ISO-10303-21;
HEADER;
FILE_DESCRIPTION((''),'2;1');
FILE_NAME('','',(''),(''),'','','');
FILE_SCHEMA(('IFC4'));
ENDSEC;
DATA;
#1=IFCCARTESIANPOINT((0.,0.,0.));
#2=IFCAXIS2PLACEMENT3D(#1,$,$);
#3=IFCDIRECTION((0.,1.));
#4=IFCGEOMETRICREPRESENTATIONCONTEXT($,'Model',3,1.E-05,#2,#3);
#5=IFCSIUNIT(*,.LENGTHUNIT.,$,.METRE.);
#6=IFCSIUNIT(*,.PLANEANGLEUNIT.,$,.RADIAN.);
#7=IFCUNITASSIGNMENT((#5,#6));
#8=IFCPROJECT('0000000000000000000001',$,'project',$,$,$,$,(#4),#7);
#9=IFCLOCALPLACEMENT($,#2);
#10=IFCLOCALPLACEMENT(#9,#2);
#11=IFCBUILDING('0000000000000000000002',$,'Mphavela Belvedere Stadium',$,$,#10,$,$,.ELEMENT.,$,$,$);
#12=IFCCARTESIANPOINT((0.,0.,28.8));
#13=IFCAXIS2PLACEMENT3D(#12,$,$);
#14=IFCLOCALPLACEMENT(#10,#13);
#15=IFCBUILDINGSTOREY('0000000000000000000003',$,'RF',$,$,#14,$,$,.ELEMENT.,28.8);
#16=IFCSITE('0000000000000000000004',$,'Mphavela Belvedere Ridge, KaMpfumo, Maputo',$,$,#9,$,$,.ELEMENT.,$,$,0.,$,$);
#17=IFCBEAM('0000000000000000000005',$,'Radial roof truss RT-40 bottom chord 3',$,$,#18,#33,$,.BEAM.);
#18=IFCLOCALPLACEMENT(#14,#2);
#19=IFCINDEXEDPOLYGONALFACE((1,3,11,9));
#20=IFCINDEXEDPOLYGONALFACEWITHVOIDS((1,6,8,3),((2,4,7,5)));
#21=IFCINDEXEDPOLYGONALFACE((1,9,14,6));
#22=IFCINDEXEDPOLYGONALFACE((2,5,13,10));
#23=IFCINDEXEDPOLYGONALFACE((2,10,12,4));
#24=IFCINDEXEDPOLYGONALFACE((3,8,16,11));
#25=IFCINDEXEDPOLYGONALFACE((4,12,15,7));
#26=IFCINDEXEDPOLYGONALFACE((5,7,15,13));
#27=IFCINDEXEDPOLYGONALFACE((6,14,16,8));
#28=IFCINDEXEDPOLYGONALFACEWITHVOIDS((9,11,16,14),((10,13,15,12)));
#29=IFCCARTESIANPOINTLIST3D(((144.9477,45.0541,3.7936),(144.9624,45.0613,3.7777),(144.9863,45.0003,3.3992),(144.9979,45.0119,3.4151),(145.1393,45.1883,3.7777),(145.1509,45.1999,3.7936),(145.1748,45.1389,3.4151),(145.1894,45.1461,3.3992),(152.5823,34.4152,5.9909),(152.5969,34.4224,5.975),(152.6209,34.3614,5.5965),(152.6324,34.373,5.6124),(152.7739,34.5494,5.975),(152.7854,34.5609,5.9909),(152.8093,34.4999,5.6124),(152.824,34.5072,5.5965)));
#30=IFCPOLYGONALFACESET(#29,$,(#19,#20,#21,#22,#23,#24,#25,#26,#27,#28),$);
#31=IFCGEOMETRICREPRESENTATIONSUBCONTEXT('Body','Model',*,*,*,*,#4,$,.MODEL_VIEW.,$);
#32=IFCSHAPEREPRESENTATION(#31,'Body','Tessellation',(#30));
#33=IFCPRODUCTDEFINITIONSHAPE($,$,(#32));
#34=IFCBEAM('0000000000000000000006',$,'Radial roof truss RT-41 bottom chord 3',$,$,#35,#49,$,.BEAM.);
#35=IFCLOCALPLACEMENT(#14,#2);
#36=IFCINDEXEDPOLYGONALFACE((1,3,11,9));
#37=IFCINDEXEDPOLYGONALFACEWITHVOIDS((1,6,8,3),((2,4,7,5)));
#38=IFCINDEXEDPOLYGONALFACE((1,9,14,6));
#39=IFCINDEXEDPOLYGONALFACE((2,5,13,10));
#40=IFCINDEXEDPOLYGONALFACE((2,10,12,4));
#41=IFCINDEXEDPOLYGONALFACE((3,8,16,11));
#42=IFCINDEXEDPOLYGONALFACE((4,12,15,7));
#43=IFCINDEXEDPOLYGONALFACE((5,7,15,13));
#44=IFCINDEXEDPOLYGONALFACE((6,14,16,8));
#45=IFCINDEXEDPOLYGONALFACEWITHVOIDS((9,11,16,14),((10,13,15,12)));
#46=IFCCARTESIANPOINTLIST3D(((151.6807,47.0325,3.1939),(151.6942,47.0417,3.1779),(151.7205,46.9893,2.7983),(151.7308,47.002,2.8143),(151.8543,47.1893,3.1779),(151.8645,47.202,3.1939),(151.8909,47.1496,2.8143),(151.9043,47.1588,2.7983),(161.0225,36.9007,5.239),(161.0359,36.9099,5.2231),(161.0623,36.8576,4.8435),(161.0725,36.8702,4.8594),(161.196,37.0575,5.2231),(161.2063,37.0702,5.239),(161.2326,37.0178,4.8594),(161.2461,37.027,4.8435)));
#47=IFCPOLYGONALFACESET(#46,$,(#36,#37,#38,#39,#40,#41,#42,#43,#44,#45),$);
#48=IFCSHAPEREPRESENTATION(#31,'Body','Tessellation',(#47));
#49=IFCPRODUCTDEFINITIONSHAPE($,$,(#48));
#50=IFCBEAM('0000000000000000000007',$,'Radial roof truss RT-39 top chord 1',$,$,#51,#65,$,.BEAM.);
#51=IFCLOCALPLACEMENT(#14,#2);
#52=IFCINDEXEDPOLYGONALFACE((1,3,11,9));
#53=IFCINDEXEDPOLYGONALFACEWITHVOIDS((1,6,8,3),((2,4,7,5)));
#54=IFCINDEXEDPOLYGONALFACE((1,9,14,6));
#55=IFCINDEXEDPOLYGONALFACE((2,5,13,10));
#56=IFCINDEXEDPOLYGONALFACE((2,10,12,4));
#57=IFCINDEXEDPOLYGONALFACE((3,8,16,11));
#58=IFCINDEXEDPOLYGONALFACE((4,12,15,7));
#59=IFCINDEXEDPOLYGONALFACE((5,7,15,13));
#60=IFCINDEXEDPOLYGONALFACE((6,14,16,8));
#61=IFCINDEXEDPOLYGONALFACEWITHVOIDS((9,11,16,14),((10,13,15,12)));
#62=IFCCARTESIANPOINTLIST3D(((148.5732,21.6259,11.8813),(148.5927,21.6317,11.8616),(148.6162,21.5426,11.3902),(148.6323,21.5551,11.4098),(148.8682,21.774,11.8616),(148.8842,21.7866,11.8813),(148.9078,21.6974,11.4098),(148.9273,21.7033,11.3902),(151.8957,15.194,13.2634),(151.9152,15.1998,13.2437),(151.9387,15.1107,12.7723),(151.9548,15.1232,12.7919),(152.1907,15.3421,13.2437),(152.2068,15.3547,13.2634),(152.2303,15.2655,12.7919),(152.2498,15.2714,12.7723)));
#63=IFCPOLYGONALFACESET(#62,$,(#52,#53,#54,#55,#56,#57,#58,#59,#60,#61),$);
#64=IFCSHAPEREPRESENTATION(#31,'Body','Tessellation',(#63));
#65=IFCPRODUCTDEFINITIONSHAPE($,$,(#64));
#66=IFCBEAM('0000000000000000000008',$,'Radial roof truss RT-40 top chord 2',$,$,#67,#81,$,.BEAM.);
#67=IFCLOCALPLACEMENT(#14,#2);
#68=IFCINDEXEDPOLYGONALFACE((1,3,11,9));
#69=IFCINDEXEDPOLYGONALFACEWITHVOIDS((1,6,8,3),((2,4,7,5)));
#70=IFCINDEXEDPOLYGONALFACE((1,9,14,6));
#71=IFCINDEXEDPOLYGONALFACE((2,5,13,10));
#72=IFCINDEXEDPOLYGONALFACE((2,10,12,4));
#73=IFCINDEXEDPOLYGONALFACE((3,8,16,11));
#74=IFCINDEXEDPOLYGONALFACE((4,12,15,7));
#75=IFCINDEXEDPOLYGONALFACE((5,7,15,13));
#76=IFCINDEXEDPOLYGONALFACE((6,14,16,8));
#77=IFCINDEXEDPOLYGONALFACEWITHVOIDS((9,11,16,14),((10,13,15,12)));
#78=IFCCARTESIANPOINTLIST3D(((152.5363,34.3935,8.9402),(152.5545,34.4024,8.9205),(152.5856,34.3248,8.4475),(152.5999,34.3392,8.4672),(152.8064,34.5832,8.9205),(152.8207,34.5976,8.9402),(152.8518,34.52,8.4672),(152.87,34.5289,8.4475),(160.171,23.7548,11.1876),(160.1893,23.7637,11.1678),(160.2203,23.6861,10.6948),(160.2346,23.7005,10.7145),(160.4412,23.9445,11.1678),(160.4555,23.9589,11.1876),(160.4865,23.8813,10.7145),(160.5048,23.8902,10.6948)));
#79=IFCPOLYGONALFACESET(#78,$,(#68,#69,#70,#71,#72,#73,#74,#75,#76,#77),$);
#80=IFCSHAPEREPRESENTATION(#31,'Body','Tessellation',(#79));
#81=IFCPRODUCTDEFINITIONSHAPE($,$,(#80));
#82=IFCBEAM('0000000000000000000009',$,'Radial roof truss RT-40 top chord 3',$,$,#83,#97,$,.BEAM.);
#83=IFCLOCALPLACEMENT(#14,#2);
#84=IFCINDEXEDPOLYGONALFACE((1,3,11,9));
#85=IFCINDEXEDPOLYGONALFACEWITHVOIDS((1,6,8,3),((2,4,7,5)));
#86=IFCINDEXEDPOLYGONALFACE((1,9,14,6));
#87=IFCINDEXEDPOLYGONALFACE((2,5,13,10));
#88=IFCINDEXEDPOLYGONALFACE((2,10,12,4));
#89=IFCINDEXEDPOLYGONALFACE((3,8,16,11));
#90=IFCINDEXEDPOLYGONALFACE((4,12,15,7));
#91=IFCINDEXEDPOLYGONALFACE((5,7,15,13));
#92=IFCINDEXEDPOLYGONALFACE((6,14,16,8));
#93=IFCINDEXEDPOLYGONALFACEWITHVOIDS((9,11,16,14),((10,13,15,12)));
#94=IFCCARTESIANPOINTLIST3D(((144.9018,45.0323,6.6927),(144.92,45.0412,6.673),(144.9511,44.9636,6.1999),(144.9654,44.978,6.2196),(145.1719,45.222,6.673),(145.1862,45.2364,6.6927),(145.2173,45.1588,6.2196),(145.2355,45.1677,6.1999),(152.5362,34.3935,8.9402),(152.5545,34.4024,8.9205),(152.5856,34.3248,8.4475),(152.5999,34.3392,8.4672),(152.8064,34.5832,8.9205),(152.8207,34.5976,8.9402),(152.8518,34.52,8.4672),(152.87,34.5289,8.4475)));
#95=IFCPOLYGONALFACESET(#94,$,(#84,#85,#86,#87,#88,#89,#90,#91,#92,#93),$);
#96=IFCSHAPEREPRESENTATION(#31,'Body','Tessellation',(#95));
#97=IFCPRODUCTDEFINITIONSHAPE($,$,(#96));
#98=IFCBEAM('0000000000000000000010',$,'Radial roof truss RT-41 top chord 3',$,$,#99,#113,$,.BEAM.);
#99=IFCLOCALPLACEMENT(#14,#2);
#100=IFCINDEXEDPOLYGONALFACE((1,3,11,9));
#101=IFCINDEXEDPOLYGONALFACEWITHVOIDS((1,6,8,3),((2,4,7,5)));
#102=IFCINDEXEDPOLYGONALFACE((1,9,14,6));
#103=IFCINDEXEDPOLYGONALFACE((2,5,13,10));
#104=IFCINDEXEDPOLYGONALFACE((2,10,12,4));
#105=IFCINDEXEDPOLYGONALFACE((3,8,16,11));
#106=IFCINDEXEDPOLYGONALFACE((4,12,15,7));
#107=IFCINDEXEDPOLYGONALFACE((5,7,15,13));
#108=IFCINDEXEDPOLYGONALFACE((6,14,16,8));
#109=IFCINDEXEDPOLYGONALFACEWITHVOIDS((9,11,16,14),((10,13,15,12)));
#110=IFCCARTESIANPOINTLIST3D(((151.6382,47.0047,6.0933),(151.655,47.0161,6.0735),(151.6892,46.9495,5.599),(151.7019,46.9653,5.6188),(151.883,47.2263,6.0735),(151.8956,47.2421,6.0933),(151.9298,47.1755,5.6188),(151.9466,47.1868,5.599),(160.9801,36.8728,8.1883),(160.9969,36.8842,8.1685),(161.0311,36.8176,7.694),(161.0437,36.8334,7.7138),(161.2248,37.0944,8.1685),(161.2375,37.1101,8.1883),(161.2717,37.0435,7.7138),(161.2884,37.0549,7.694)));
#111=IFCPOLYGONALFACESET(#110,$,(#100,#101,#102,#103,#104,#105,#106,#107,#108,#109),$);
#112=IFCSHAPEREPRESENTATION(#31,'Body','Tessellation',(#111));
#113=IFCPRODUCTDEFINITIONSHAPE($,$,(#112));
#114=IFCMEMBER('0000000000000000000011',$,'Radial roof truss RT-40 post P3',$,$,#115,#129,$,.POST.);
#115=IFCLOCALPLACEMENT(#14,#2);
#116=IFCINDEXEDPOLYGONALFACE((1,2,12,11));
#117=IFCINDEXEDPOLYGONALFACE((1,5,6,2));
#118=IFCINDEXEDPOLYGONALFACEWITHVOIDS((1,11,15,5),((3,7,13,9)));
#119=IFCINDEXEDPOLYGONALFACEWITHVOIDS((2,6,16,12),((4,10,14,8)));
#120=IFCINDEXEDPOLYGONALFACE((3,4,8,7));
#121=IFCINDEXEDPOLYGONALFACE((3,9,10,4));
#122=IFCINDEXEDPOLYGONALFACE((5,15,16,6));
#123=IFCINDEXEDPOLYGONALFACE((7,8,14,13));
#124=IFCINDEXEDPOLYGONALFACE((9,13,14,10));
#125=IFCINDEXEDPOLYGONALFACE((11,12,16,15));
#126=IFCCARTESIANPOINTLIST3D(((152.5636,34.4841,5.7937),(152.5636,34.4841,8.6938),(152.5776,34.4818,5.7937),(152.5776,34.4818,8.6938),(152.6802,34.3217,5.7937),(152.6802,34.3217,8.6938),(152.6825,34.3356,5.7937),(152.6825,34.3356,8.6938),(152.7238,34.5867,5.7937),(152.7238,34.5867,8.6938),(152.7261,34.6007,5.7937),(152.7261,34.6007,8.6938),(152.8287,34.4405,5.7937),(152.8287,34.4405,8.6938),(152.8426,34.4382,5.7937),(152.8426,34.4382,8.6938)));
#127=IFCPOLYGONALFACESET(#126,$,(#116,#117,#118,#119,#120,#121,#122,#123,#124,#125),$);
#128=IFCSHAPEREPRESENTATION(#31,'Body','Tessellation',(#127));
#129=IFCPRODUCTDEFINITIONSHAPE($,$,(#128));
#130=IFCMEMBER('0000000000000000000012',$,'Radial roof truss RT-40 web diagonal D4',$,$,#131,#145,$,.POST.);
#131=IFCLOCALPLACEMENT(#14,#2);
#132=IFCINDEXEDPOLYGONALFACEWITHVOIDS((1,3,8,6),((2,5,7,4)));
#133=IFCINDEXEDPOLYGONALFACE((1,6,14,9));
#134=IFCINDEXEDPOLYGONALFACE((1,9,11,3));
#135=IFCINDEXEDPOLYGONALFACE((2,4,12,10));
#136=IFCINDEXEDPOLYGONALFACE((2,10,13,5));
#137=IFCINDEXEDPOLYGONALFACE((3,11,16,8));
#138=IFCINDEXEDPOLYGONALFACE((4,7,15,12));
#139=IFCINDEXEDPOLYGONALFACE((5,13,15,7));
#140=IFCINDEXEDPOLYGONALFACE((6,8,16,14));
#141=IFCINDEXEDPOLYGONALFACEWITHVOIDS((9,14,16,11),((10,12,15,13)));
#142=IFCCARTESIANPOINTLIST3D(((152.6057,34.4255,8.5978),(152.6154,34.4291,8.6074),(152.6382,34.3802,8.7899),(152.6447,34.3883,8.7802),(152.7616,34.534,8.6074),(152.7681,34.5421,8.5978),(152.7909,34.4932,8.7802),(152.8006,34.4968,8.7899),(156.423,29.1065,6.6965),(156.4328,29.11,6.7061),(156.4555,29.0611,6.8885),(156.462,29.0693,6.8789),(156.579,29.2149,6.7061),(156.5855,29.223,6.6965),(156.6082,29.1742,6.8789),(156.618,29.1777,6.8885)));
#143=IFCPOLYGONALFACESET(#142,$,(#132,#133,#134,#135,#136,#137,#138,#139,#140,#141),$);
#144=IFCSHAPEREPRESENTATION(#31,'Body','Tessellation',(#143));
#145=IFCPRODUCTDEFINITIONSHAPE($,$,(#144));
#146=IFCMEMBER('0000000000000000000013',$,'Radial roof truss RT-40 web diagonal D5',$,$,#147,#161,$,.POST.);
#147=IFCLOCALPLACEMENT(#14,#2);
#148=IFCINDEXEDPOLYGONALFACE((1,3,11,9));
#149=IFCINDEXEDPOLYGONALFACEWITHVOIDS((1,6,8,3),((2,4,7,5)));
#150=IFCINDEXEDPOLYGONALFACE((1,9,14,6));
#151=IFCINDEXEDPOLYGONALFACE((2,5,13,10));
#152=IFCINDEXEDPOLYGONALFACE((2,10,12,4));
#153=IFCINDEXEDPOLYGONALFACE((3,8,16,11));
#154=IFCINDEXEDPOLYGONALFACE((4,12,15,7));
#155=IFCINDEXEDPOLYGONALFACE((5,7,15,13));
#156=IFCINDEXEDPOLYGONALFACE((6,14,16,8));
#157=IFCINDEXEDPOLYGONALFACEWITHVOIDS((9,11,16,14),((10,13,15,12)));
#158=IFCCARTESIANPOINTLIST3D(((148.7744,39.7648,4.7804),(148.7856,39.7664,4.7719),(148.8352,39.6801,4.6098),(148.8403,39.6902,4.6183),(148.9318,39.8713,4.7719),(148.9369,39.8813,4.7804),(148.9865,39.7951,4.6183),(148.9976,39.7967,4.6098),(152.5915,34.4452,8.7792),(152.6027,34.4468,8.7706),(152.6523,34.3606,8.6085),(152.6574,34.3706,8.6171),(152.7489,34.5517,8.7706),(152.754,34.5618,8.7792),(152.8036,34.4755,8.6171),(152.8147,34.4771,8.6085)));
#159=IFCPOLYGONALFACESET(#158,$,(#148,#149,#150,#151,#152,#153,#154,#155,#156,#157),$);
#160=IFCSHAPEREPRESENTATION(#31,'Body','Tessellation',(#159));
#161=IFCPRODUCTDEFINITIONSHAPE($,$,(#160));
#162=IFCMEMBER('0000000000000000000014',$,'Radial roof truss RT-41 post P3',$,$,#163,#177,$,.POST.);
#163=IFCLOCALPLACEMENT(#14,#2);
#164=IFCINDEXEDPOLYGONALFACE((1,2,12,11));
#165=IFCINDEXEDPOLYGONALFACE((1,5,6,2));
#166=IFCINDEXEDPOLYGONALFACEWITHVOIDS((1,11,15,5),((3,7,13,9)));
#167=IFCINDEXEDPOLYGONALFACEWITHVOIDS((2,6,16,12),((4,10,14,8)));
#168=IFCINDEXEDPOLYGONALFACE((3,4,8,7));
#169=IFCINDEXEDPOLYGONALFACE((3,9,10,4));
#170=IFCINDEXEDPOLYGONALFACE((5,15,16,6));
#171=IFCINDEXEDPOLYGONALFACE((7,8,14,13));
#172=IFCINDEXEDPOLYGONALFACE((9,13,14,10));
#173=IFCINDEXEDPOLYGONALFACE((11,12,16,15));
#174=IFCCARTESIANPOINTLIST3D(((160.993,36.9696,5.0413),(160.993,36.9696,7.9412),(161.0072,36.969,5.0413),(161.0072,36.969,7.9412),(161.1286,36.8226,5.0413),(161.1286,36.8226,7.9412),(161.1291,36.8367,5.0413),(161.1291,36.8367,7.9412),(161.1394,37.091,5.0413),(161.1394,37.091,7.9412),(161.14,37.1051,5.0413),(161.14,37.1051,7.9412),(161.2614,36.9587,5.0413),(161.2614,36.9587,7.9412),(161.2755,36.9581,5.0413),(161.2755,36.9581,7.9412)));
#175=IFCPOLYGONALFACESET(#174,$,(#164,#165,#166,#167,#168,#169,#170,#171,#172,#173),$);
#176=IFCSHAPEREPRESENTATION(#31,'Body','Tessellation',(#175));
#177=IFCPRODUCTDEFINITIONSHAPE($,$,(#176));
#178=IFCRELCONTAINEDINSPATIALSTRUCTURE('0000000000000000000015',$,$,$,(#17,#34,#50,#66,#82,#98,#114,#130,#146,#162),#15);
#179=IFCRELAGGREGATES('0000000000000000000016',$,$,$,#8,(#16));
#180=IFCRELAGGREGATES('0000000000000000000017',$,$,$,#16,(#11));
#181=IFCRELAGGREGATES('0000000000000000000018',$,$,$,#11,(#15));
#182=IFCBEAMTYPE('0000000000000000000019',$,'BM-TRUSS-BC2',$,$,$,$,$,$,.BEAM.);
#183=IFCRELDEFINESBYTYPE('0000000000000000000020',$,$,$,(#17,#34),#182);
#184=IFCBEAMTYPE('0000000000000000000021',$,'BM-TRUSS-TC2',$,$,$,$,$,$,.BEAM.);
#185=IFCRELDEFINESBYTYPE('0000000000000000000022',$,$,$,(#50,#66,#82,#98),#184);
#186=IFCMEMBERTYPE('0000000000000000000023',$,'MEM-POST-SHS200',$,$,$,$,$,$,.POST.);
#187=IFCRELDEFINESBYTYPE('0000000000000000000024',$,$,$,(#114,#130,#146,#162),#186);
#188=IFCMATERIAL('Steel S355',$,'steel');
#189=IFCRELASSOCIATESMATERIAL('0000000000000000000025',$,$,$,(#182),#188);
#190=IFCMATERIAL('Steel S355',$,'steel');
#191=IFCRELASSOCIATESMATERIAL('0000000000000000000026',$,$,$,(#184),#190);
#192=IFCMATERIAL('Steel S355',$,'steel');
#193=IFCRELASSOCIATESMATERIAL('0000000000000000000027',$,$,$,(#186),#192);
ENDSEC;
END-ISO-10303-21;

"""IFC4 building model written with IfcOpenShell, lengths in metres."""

from ifc_helpers import new_model, si_unit, direction, frame, origin, origin_2d, place, context, subcontext, project, spatial, hollow_rectangle, extrude, material, material_profile, profile_set, type_object, element, save


model = new_model("IFC4")

# Units and contexts
model_context = context("Model", 3, precision=1e-05, world=origin(), true_north=direction((0.0, 1.0)))
body_context = subcontext(model_context, "Body", "Model", "MODEL_VIEW")
ifc_project = project(units=[si_unit("LENGTHUNIT", "METRE"), si_unit("PLANEANGLEUNIT", "RADIAN")], contexts=[model_context])

# Site, building, storey
site_placement = place(None, origin())
site = spatial("IfcSite", under=ifc_project, at=site_placement, Name="Mphavela Belvedere Ridge, KaMpfumo, Maputo", CompositionType="ELEMENT", RefElevation=0.0)
building_placement = place(site_placement, origin())
building = spatial("IfcBuilding", under=site, at=building_placement, Name="Mphavela Belvedere Stadium", CompositionType="ELEMENT")
storey_placement = place(building_placement, frame((0.0, 0.0, 28.8)))
storey = spatial("IfcBuildingStorey", under=building, at=storey_placement, Name="RF", CompositionType="ELEMENT", Elevation=28.8)

# Beams
ifc_material_1 = material(Name="Steel S355", Category="steel")
ifc_material_profile_1 = material_profile(ifc_material_1, hollow_rectangle(XDim=0.25, YDim=0.3999, WallThickness=0.0161, at=origin_2d()), Name="RHS 400x250x16")
ifc_profile_set_1 = profile_set([ifc_material_profile_1], Name="Steel S355")
beam_type_1 = type_object("IfcBeamType", Name="BM-TRUSS-BC2", PredefinedType="BEAM", material=ifc_profile_set_1)
beam_1_placement = place(storey_placement, frame((152.7031, 34.4612, 5.7937), z_axis=(-0.574983, 0.801255, -0.165484), x_axis=(-0.812457, -0.583022, 0.0)))
element("IfcBeam", 1, at=beam_1_placement, inside=storey, type_object=beam_type_1, Name="Radial roof truss RT-40 bottom chord 3", PredefinedType="BEAM", context=body_context, shape_type="SweptSolid", body=[
    extrude(hollow_rectangle(XDim=0.25, YDim=0.3999, WallThickness=0.0161, at=origin_2d()), origin(), (0.0, 0.0, 1.0), 13.2778),
])
beam_2_placement = place(storey_placement, frame((161.1343, 36.9639, 5.0413), z_axis=(-0.670519, 0.727225, -0.146794), x_axis=(-0.735189, -0.677862, 0.0)))
element("IfcBeam", 2, at=beam_2_placement, inside=storey, type_object=beam_type_1, Name="Radial roof truss RT-41 bottom chord 3", PredefinedType="BEAM", context=body_context, shape_type="SweptSolid", body=[
    extrude(hollow_rectangle(XDim=0.25, YDim=0.3999, WallThickness=0.0161, at=origin_2d()), origin(), (0.0, 0.0, 1.0), 13.9321),
])
ifc_material_2 = material(Name="Steel S355", Category="steel")
ifc_material_profile_2 = material_profile(ifc_material_2, hollow_rectangle(XDim=0.3501, YDim=0.5, WallThickness=0.02, at=origin_2d()), Name="RHS 500x350x20")
ifc_profile_set_2 = profile_set([ifc_material_profile_2], Name="Steel S355")
beam_type_2 = type_object("IfcBeamType", Name="BM-TRUSS-TC2", PredefinedType="BEAM", material=ifc_profile_set_2)
beam_3_placement = place(storey_placement, frame((152.0728, 15.2327, 13.0178), z_axis=(-0.450809, 0.8727, -0.187525), x_axis=(-0.888461, -0.458951, 0.0)))
element("IfcBeam", 3, at=beam_3_placement, inside=storey, type_object=beam_type_2, Name="Radial roof truss RT-39 top chord 1", PredefinedType="BEAM", context=body_context, shape_type="SweptSolid", body=[
    extrude(hollow_rectangle(XDim=0.3501, YDim=0.5, WallThickness=0.02, at=origin_2d()), origin(), (0.0, 0.0, 1.0), 7.3701),
])
for number, where, z_axis, x_axis, name in (
    (4, (160.3379, 23.8225, 10.9412), (-0.574642, 0.800735, -0.169147), (-0.812441, -0.583043, 0.0), "Radial roof truss RT-40 top chord 2"),
    (5, (152.7031, 34.4612, 8.6938), (-0.574619, 0.800747, -0.169164), (-0.812457, -0.583022, 0.0), "Radial roof truss RT-40 top chord 3"),
):
    element("IfcBeam", number, at=place(storey_placement, frame(where, z_axis=z_axis, x_axis=x_axis)), inside=storey, type_object=beam_type_2, Name=name, PredefinedType="BEAM", context=body_context, shape_type="SweptSolid", body=[
        extrude(hollow_rectangle(XDim=0.3501, YDim=0.5, WallThickness=0.02, at=origin_2d()), origin(), (0.0, 0.0, 1.0), 13.2861),
    ])
beam_4_placement = place(storey_placement, frame((161.1343, 36.9639, 7.9412), z_axis=(-0.670163, 0.726839, -0.150289), x_axis=(-0.735189, -0.677862, 0.0)))
element("IfcBeam", 6, at=beam_4_placement, inside=storey, type_object=beam_type_2, Name="Radial roof truss RT-41 top chord 3", PredefinedType="BEAM", context=body_context, shape_type="SweptSolid", body=[
    extrude(hollow_rectangle(XDim=0.3501, YDim=0.5, WallThickness=0.02, at=origin_2d()), origin(), (0.0, 0.0, 1.0), 13.9397),
])

# Members
ifc_material_3 = material(Name="Steel S355", Category="steel")
ifc_material_profile_3 = material_profile(ifc_material_3, hollow_rectangle(XDim=0.2, YDim=0.2, WallThickness=0.01, at=origin_2d()), Name="SHS 200x200x10")
ifc_profile_set_3 = profile_set([ifc_material_profile_3], Name="Steel S355")
member_type_1 = type_object("IfcMemberType", Name="MEM-POST-SHS200", PredefinedType="POST", material=ifc_profile_set_3)
member_1_placement = place(storey_placement, frame((152.7031, 34.4612, 5.7937), z_axis=(0.0, 0.0, 1.0), x_axis=(0.582974, -0.812491, 0.0)))
element("IfcMember", 7, at=member_1_placement, inside=storey, type_object=member_type_1, Name="Radial roof truss RT-40 post P3", PredefinedType="POST", context=body_context, shape_type="SweptSolid", body=[
    extrude(hollow_rectangle(XDim=0.2, YDim=0.2, WallThickness=0.01, at=origin_2d()), origin(), (0.0, 0.0, 1.0), 2.9001),
])
member_2_placement = place(storey_placement, frame((156.5205, 29.1421, 6.7925), z_axis=(-0.559927, 0.780194, 0.278889), x_axis=(-0.812429, -0.58306, 0.0)))
element("IfcMember", 8, at=member_2_placement, inside=storey, type_object=member_type_1, Name="Radial roof truss RT-40 web diagonal D4", PredefinedType="POST", context=body_context, shape_type="SweptSolid", body=[
    extrude(hollow_rectangle(XDim=0.2, YDim=0.2, WallThickness=0.01, at=origin_2d()), origin(), (0.0, 0.0, 1.0), 6.8176),
])
member_3_placement = place(storey_placement, frame((152.7031, 34.4612, 8.6938), z_axis=(-0.497545, 0.693381, -0.521221), x_axis=(-0.812472, -0.583, 0.0)))
element("IfcMember", 9, at=member_3_placement, inside=storey, type_object=member_type_1, Name="Radial roof truss RT-40 web diagonal D5", PredefinedType="POST", context=body_context, shape_type="SweptSolid", body=[
    extrude(hollow_rectangle(XDim=0.2, YDim=0.2, WallThickness=0.01, at=origin_2d()), origin(), (0.0, 0.0, 1.0), 7.6719),
])
member_4_placement = place(storey_placement, frame((161.1343, 36.9639, 5.0413), z_axis=(0.0, 0.0, 1.0), x_axis=(0.677903, -0.735151, 0.0)))
element("IfcMember", 10, at=member_4_placement, inside=storey, type_object=member_type_1, Name="Radial roof truss RT-41 post P3", PredefinedType="POST", context=body_context, shape_type="SweptSolid", body=[
    extrude(hollow_rectangle(XDim=0.2, YDim=0.2, WallThickness=0.01, at=origin_2d()), origin(), (0.0, 0.0, 1.0), 2.8999),
])

save(model, "model.ifc")
